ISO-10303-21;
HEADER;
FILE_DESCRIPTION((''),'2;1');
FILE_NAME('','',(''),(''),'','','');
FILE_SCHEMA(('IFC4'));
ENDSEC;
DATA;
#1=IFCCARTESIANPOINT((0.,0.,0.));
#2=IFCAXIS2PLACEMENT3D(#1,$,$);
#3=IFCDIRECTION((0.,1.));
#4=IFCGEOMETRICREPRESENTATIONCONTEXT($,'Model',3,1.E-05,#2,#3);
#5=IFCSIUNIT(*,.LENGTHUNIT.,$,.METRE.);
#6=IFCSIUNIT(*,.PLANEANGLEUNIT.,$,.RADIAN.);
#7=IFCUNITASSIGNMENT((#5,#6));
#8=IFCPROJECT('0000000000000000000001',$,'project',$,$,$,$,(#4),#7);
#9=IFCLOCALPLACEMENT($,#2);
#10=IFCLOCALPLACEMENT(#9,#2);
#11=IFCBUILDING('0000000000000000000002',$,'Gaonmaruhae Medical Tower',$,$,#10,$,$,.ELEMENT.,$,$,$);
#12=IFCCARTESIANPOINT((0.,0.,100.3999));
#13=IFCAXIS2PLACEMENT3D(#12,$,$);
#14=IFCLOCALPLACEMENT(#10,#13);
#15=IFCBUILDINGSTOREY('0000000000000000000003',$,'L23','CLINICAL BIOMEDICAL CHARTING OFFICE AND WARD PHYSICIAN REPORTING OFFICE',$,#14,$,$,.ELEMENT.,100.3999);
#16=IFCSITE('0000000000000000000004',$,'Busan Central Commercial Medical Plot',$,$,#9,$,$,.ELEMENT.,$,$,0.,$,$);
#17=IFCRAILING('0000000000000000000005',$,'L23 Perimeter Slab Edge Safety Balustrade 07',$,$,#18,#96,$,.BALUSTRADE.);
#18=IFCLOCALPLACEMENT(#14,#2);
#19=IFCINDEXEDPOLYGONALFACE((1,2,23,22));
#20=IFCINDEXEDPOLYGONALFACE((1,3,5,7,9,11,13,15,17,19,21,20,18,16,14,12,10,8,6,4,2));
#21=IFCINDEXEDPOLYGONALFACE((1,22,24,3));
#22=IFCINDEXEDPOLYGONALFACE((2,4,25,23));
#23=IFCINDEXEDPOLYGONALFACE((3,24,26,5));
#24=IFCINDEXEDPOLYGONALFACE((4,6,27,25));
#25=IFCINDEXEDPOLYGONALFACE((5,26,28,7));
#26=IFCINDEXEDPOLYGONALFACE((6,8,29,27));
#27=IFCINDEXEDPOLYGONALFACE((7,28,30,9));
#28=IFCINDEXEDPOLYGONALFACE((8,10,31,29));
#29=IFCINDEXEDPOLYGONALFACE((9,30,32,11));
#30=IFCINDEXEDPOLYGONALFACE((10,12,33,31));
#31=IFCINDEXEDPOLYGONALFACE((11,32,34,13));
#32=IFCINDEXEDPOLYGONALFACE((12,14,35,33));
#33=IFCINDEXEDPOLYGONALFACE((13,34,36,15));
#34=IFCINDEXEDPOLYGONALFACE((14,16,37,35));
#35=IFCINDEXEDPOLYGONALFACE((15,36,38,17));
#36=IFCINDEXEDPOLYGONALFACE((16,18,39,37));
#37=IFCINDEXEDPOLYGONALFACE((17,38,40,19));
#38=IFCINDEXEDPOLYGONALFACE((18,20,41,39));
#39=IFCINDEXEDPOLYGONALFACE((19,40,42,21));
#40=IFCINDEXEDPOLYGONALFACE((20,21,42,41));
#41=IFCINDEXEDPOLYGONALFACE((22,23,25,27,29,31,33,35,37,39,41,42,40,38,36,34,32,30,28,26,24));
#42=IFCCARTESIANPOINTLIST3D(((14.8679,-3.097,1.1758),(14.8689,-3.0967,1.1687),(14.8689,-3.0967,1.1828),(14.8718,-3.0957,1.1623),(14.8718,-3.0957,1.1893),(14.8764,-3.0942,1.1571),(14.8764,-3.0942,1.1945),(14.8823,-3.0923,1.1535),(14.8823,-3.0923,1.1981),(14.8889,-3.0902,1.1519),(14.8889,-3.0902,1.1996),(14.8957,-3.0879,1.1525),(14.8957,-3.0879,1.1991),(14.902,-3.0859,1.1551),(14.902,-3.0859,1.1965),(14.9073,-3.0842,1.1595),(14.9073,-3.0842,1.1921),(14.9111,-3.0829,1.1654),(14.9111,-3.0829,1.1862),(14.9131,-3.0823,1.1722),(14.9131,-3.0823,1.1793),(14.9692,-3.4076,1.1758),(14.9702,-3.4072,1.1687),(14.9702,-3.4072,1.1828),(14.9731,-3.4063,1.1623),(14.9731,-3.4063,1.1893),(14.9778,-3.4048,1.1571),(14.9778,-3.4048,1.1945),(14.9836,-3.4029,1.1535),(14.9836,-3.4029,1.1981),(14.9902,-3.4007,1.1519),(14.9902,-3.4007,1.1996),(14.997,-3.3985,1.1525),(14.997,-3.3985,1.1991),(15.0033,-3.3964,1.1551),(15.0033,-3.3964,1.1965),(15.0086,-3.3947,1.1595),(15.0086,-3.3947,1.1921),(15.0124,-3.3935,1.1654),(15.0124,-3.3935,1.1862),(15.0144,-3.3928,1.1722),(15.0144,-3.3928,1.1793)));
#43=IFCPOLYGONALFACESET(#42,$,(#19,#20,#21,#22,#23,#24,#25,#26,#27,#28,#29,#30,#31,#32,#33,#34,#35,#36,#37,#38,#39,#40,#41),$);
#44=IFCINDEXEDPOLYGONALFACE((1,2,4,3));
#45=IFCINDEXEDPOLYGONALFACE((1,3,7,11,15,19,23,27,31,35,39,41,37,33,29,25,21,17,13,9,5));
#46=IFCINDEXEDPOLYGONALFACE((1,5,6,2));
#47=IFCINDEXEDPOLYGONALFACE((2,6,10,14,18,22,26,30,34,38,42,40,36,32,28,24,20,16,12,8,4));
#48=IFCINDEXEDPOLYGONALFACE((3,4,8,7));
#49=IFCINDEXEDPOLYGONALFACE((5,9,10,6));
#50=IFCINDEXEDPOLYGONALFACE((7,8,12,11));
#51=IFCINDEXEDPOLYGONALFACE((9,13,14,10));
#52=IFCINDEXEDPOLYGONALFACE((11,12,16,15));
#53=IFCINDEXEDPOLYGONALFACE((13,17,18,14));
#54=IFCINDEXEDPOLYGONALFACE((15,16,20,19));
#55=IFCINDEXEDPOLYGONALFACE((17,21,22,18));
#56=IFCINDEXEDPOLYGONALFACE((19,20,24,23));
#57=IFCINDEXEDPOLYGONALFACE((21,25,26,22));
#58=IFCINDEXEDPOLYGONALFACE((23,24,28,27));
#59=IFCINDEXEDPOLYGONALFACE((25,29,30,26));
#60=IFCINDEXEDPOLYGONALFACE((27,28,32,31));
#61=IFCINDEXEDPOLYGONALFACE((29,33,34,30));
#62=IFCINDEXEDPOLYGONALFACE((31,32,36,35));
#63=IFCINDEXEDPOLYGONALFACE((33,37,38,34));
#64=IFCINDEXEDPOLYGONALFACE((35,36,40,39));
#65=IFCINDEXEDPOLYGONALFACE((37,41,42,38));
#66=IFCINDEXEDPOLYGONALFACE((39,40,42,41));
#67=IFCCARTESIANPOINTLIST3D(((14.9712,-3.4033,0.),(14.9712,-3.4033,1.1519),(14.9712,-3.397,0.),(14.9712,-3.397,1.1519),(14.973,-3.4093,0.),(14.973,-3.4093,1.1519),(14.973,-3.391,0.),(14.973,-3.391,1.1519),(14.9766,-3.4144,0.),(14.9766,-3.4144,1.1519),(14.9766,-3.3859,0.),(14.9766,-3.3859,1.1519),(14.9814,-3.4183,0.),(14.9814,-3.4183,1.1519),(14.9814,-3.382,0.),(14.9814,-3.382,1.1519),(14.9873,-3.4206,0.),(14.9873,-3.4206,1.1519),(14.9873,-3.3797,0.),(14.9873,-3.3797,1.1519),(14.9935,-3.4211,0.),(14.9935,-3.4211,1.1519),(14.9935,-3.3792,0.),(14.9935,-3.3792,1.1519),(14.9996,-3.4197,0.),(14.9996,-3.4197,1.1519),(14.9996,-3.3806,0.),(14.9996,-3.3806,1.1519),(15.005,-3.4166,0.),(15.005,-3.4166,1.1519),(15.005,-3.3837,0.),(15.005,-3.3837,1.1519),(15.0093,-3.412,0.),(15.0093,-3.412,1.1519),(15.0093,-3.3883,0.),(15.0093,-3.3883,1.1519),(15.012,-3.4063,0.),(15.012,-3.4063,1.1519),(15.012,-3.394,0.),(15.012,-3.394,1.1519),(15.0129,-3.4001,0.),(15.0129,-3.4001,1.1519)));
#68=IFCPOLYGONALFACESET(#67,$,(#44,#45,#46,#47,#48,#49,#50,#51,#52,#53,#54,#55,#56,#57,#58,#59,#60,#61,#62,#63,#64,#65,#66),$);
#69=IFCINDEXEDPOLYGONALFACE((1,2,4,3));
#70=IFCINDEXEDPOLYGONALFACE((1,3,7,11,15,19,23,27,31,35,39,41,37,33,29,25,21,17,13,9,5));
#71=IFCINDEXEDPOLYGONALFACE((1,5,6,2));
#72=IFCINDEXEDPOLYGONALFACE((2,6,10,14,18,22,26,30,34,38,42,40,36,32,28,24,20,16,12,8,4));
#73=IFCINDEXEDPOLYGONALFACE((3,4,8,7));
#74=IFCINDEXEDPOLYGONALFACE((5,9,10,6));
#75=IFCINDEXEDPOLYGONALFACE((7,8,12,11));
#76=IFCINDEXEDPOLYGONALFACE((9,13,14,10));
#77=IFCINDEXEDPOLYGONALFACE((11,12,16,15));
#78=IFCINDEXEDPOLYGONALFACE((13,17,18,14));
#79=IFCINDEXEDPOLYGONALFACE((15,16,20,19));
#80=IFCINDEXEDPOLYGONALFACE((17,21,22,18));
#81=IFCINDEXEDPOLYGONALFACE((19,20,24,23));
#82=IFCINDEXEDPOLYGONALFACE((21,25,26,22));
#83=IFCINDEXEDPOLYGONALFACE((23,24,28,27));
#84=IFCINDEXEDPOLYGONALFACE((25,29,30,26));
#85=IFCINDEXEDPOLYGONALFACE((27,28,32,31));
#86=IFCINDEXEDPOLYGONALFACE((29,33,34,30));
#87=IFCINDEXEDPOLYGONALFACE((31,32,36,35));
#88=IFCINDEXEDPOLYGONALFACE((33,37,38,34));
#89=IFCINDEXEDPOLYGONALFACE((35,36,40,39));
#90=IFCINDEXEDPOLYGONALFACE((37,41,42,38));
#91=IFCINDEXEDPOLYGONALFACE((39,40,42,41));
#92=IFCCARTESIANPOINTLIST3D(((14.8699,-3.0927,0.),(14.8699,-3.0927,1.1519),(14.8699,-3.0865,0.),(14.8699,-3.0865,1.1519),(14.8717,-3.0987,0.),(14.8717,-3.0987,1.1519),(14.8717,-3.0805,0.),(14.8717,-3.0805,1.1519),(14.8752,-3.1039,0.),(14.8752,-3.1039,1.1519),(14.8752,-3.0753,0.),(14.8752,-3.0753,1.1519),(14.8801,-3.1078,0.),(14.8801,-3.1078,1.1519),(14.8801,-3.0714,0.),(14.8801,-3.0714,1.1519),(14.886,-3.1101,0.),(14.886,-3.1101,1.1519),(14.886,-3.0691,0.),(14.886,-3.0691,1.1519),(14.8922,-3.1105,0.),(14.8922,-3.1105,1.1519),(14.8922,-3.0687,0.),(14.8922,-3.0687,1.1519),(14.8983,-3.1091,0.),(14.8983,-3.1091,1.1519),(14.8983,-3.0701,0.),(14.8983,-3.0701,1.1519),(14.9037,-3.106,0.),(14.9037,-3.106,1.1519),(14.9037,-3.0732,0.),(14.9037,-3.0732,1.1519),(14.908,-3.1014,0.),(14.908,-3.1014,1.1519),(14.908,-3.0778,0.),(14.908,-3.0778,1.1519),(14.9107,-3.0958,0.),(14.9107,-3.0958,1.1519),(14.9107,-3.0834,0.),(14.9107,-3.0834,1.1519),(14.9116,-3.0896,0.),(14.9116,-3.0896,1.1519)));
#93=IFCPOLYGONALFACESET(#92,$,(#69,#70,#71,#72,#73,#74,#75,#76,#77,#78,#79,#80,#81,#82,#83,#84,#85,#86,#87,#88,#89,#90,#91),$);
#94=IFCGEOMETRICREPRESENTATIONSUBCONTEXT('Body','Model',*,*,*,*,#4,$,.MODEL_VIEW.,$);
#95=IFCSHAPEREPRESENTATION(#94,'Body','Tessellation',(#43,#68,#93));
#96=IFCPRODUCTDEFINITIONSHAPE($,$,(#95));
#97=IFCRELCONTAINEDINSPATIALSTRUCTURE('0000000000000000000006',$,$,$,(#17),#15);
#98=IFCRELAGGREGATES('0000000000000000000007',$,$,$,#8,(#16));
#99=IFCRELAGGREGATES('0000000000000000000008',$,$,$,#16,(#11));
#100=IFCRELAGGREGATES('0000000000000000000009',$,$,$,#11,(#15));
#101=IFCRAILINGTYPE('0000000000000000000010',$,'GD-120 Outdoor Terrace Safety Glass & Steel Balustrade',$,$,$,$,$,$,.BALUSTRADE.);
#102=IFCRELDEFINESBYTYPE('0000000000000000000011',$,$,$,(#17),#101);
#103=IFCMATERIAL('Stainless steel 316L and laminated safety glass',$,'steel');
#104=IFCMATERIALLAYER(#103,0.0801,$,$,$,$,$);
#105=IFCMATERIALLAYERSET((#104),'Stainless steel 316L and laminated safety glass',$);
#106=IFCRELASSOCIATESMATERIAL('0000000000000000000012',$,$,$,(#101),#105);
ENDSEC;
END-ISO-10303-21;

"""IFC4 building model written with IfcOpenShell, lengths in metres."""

from ifc_helpers import new_model, si_unit, direction, frame, origin, origin_2d, place, context, subcontext, project, spatial, circle, extrude, material, layer, layer_set, type_object, element, save


model = new_model("IFC4")

# Units and contexts
model_context = context("Model", 3, precision=1e-05, world=origin(), true_north=direction((0.0, 1.0)))
body_context = subcontext(model_context, "Body", "Model", "MODEL_VIEW")
ifc_project = project(units=[si_unit("LENGTHUNIT", "METRE"), si_unit("PLANEANGLEUNIT", "RADIAN")], contexts=[model_context])

# Site, building, storey
site_placement = place(None, origin())
site = spatial("IfcSite", under=ifc_project, at=site_placement, Name="Busan Central Commercial Medical Plot", CompositionType="ELEMENT", RefElevation=0.0)
building_placement = place(site_placement, origin())
building = spatial("IfcBuilding", under=site, at=building_placement, Name="Gaonmaruhae Medical Tower", CompositionType="ELEMENT")
storey_placement = place(building_placement, frame((0.0, 0.0, 100.3999)))
storey = spatial("IfcBuildingStorey", under=building, at=storey_placement, Name="L23", Description="CLINICAL BIOMEDICAL CHARTING OFFICE AND WARD PHYSICIAN REPORTING OFFICE", CompositionType="ELEMENT", Elevation=100.3999)

# Railing
ifc_material_1 = material(Name="Stainless steel 316L and laminated safety glass", Category="steel")
ifc_layer_1 = layer(ifc_material_1, 0.0801)
ifc_layer_set_1 = layer_set([ifc_layer_1], Name="Stainless steel 316L and laminated safety glass")
railing_type_1 = type_object("IfcRailingType", Name="GD-120 Outdoor Terrace Safety Glass & Steel Balustrade", PredefinedType="BALUSTRADE", material=ifc_layer_set_1)
railing_1_placement = place(storey_placement, frame((14.9919, -3.4001, 0.0)))
element("IfcRailing", 1, at=railing_1_placement, inside=storey, type_object=railing_type_1, Name="L23 Perimeter Slab Edge Safety Balustrade 07", PredefinedType="BALUSTRADE", context=body_context, shape_type="SweptSolid", body=[
    extrude(circle(Radius=0.0239, at=origin_2d()), frame((0.0, 0.0, 1.1758), z_axis=(-0.310167, 0.950682, 0.0), x_axis=(-0.950682, -0.310167, 0.0)), (0.0, 0.0, 1.0), 0.3267),
    extrude(circle(Radius=0.021, at=origin_2d()), origin(), (0.0, 0.0, 1.0), 1.1519),
    extrude(circle(Radius=0.021, at=origin_2d()), frame((-0.1013, 0.3105, 0.0)), (0.0, 0.0, 1.0), 1.1519),
])

save(model, "model.ifc")
